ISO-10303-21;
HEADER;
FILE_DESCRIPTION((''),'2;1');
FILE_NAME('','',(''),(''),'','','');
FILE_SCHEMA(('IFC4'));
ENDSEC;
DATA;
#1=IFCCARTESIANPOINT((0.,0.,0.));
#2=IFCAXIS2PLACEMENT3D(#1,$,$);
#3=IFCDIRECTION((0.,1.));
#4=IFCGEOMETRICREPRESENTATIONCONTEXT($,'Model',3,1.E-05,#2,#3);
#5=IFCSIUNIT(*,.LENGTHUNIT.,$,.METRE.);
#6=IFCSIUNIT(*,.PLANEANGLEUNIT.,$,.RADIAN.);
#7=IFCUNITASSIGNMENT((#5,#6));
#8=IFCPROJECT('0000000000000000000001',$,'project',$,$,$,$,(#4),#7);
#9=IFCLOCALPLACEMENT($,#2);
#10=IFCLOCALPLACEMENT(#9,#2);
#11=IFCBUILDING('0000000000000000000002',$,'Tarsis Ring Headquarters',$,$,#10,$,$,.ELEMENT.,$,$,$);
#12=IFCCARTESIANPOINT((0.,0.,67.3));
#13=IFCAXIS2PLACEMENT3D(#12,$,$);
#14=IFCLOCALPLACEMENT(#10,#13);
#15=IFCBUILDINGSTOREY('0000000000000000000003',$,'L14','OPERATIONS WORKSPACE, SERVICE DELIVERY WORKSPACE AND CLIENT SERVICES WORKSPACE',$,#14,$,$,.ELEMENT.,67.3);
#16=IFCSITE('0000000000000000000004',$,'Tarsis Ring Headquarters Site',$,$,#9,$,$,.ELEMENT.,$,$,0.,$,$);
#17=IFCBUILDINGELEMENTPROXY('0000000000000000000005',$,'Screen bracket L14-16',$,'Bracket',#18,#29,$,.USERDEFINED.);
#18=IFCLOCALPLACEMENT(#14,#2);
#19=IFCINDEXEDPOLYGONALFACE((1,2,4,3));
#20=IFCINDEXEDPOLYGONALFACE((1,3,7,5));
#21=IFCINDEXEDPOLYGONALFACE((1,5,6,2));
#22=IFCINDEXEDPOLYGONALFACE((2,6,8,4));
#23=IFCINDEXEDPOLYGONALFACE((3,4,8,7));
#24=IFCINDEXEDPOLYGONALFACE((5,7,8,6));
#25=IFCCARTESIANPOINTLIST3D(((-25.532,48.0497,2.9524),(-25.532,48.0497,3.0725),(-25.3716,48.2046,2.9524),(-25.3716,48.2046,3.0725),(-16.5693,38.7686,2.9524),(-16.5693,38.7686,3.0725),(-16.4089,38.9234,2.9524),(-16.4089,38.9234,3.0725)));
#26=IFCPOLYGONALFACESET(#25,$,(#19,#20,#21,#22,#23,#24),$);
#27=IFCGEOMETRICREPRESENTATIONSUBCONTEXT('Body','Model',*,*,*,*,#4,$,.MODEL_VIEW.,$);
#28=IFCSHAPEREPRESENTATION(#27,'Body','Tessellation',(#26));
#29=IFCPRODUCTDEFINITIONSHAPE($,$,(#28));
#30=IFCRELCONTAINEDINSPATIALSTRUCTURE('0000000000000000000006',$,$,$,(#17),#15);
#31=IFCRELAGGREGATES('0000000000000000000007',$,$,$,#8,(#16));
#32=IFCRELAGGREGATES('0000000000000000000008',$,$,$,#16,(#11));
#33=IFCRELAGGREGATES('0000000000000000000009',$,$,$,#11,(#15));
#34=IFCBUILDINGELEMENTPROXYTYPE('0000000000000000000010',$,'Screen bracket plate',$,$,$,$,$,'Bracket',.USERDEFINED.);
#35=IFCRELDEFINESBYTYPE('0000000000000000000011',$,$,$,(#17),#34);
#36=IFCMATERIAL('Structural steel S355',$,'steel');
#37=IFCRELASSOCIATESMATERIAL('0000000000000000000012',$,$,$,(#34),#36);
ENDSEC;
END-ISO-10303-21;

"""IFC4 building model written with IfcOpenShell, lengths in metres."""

from ifc_helpers import new_model, si_unit, direction, frame, origin, origin_2d, place, context, subcontext, project, spatial, rectangle, extrude, material, type_object, element, save


model = new_model("IFC4")

# Units and contexts
model_context = context("Model", 3, precision=1e-05, world=origin(), true_north=direction((0.0, 1.0)))
body_context = subcontext(model_context, "Body", "Model", "MODEL_VIEW")
ifc_project = project(units=[si_unit("LENGTHUNIT", "METRE"), si_unit("PLANEANGLEUNIT", "RADIAN")], contexts=[model_context])

# Site, building, storey
site_placement = place(None, origin())
site = spatial("IfcSite", under=ifc_project, at=site_placement, Name="Tarsis Ring Headquarters Site", CompositionType="ELEMENT", RefElevation=0.0)
building_placement = place(site_placement, origin())
building = spatial("IfcBuilding", under=site, at=building_placement, Name="Tarsis Ring Headquarters", CompositionType="ELEMENT")
storey_placement = place(building_placement, frame((0.0, 0.0, 67.3)))
storey = spatial("IfcBuildingStorey", under=building, at=storey_placement, Name="L14", Description="OPERATIONS WORKSPACE, SERVICE DELIVERY WORKSPACE AND CLIENT SERVICES WORKSPACE", CompositionType="ELEMENT", Elevation=67.3)

# Shared definitions
ifc_material_1 = material(Name="Structural steel S355", Category="steel")

# Building element proxy
building_element_proxy_type = type_object("IfcBuildingElementProxyType", Name="Screen bracket plate", ElementType="Bracket", PredefinedType="USERDEFINED", material=ifc_material_1)
proxy_placement = place(storey_placement, frame((-20.9705, 43.4866, 2.9524), z_axis=(0.0, 0.0, 1.0), x_axis=(-0.694658, 0.71934, 0.0)))
element("IfcBuildingElementProxy", 1, at=proxy_placement, inside=storey, type_object=building_element_proxy_type, Name="Screen bracket L14-16", ObjectType="Bracket", PredefinedType="USERDEFINED", context=body_context, shape_type="SweptSolid", body=[
    extrude(rectangle(XDim=12.9023, YDim=0.2229, at=origin_2d()), origin(), (0.0, 0.0, 1.0), 0.1201),
])

save(model, "model.ifc")
